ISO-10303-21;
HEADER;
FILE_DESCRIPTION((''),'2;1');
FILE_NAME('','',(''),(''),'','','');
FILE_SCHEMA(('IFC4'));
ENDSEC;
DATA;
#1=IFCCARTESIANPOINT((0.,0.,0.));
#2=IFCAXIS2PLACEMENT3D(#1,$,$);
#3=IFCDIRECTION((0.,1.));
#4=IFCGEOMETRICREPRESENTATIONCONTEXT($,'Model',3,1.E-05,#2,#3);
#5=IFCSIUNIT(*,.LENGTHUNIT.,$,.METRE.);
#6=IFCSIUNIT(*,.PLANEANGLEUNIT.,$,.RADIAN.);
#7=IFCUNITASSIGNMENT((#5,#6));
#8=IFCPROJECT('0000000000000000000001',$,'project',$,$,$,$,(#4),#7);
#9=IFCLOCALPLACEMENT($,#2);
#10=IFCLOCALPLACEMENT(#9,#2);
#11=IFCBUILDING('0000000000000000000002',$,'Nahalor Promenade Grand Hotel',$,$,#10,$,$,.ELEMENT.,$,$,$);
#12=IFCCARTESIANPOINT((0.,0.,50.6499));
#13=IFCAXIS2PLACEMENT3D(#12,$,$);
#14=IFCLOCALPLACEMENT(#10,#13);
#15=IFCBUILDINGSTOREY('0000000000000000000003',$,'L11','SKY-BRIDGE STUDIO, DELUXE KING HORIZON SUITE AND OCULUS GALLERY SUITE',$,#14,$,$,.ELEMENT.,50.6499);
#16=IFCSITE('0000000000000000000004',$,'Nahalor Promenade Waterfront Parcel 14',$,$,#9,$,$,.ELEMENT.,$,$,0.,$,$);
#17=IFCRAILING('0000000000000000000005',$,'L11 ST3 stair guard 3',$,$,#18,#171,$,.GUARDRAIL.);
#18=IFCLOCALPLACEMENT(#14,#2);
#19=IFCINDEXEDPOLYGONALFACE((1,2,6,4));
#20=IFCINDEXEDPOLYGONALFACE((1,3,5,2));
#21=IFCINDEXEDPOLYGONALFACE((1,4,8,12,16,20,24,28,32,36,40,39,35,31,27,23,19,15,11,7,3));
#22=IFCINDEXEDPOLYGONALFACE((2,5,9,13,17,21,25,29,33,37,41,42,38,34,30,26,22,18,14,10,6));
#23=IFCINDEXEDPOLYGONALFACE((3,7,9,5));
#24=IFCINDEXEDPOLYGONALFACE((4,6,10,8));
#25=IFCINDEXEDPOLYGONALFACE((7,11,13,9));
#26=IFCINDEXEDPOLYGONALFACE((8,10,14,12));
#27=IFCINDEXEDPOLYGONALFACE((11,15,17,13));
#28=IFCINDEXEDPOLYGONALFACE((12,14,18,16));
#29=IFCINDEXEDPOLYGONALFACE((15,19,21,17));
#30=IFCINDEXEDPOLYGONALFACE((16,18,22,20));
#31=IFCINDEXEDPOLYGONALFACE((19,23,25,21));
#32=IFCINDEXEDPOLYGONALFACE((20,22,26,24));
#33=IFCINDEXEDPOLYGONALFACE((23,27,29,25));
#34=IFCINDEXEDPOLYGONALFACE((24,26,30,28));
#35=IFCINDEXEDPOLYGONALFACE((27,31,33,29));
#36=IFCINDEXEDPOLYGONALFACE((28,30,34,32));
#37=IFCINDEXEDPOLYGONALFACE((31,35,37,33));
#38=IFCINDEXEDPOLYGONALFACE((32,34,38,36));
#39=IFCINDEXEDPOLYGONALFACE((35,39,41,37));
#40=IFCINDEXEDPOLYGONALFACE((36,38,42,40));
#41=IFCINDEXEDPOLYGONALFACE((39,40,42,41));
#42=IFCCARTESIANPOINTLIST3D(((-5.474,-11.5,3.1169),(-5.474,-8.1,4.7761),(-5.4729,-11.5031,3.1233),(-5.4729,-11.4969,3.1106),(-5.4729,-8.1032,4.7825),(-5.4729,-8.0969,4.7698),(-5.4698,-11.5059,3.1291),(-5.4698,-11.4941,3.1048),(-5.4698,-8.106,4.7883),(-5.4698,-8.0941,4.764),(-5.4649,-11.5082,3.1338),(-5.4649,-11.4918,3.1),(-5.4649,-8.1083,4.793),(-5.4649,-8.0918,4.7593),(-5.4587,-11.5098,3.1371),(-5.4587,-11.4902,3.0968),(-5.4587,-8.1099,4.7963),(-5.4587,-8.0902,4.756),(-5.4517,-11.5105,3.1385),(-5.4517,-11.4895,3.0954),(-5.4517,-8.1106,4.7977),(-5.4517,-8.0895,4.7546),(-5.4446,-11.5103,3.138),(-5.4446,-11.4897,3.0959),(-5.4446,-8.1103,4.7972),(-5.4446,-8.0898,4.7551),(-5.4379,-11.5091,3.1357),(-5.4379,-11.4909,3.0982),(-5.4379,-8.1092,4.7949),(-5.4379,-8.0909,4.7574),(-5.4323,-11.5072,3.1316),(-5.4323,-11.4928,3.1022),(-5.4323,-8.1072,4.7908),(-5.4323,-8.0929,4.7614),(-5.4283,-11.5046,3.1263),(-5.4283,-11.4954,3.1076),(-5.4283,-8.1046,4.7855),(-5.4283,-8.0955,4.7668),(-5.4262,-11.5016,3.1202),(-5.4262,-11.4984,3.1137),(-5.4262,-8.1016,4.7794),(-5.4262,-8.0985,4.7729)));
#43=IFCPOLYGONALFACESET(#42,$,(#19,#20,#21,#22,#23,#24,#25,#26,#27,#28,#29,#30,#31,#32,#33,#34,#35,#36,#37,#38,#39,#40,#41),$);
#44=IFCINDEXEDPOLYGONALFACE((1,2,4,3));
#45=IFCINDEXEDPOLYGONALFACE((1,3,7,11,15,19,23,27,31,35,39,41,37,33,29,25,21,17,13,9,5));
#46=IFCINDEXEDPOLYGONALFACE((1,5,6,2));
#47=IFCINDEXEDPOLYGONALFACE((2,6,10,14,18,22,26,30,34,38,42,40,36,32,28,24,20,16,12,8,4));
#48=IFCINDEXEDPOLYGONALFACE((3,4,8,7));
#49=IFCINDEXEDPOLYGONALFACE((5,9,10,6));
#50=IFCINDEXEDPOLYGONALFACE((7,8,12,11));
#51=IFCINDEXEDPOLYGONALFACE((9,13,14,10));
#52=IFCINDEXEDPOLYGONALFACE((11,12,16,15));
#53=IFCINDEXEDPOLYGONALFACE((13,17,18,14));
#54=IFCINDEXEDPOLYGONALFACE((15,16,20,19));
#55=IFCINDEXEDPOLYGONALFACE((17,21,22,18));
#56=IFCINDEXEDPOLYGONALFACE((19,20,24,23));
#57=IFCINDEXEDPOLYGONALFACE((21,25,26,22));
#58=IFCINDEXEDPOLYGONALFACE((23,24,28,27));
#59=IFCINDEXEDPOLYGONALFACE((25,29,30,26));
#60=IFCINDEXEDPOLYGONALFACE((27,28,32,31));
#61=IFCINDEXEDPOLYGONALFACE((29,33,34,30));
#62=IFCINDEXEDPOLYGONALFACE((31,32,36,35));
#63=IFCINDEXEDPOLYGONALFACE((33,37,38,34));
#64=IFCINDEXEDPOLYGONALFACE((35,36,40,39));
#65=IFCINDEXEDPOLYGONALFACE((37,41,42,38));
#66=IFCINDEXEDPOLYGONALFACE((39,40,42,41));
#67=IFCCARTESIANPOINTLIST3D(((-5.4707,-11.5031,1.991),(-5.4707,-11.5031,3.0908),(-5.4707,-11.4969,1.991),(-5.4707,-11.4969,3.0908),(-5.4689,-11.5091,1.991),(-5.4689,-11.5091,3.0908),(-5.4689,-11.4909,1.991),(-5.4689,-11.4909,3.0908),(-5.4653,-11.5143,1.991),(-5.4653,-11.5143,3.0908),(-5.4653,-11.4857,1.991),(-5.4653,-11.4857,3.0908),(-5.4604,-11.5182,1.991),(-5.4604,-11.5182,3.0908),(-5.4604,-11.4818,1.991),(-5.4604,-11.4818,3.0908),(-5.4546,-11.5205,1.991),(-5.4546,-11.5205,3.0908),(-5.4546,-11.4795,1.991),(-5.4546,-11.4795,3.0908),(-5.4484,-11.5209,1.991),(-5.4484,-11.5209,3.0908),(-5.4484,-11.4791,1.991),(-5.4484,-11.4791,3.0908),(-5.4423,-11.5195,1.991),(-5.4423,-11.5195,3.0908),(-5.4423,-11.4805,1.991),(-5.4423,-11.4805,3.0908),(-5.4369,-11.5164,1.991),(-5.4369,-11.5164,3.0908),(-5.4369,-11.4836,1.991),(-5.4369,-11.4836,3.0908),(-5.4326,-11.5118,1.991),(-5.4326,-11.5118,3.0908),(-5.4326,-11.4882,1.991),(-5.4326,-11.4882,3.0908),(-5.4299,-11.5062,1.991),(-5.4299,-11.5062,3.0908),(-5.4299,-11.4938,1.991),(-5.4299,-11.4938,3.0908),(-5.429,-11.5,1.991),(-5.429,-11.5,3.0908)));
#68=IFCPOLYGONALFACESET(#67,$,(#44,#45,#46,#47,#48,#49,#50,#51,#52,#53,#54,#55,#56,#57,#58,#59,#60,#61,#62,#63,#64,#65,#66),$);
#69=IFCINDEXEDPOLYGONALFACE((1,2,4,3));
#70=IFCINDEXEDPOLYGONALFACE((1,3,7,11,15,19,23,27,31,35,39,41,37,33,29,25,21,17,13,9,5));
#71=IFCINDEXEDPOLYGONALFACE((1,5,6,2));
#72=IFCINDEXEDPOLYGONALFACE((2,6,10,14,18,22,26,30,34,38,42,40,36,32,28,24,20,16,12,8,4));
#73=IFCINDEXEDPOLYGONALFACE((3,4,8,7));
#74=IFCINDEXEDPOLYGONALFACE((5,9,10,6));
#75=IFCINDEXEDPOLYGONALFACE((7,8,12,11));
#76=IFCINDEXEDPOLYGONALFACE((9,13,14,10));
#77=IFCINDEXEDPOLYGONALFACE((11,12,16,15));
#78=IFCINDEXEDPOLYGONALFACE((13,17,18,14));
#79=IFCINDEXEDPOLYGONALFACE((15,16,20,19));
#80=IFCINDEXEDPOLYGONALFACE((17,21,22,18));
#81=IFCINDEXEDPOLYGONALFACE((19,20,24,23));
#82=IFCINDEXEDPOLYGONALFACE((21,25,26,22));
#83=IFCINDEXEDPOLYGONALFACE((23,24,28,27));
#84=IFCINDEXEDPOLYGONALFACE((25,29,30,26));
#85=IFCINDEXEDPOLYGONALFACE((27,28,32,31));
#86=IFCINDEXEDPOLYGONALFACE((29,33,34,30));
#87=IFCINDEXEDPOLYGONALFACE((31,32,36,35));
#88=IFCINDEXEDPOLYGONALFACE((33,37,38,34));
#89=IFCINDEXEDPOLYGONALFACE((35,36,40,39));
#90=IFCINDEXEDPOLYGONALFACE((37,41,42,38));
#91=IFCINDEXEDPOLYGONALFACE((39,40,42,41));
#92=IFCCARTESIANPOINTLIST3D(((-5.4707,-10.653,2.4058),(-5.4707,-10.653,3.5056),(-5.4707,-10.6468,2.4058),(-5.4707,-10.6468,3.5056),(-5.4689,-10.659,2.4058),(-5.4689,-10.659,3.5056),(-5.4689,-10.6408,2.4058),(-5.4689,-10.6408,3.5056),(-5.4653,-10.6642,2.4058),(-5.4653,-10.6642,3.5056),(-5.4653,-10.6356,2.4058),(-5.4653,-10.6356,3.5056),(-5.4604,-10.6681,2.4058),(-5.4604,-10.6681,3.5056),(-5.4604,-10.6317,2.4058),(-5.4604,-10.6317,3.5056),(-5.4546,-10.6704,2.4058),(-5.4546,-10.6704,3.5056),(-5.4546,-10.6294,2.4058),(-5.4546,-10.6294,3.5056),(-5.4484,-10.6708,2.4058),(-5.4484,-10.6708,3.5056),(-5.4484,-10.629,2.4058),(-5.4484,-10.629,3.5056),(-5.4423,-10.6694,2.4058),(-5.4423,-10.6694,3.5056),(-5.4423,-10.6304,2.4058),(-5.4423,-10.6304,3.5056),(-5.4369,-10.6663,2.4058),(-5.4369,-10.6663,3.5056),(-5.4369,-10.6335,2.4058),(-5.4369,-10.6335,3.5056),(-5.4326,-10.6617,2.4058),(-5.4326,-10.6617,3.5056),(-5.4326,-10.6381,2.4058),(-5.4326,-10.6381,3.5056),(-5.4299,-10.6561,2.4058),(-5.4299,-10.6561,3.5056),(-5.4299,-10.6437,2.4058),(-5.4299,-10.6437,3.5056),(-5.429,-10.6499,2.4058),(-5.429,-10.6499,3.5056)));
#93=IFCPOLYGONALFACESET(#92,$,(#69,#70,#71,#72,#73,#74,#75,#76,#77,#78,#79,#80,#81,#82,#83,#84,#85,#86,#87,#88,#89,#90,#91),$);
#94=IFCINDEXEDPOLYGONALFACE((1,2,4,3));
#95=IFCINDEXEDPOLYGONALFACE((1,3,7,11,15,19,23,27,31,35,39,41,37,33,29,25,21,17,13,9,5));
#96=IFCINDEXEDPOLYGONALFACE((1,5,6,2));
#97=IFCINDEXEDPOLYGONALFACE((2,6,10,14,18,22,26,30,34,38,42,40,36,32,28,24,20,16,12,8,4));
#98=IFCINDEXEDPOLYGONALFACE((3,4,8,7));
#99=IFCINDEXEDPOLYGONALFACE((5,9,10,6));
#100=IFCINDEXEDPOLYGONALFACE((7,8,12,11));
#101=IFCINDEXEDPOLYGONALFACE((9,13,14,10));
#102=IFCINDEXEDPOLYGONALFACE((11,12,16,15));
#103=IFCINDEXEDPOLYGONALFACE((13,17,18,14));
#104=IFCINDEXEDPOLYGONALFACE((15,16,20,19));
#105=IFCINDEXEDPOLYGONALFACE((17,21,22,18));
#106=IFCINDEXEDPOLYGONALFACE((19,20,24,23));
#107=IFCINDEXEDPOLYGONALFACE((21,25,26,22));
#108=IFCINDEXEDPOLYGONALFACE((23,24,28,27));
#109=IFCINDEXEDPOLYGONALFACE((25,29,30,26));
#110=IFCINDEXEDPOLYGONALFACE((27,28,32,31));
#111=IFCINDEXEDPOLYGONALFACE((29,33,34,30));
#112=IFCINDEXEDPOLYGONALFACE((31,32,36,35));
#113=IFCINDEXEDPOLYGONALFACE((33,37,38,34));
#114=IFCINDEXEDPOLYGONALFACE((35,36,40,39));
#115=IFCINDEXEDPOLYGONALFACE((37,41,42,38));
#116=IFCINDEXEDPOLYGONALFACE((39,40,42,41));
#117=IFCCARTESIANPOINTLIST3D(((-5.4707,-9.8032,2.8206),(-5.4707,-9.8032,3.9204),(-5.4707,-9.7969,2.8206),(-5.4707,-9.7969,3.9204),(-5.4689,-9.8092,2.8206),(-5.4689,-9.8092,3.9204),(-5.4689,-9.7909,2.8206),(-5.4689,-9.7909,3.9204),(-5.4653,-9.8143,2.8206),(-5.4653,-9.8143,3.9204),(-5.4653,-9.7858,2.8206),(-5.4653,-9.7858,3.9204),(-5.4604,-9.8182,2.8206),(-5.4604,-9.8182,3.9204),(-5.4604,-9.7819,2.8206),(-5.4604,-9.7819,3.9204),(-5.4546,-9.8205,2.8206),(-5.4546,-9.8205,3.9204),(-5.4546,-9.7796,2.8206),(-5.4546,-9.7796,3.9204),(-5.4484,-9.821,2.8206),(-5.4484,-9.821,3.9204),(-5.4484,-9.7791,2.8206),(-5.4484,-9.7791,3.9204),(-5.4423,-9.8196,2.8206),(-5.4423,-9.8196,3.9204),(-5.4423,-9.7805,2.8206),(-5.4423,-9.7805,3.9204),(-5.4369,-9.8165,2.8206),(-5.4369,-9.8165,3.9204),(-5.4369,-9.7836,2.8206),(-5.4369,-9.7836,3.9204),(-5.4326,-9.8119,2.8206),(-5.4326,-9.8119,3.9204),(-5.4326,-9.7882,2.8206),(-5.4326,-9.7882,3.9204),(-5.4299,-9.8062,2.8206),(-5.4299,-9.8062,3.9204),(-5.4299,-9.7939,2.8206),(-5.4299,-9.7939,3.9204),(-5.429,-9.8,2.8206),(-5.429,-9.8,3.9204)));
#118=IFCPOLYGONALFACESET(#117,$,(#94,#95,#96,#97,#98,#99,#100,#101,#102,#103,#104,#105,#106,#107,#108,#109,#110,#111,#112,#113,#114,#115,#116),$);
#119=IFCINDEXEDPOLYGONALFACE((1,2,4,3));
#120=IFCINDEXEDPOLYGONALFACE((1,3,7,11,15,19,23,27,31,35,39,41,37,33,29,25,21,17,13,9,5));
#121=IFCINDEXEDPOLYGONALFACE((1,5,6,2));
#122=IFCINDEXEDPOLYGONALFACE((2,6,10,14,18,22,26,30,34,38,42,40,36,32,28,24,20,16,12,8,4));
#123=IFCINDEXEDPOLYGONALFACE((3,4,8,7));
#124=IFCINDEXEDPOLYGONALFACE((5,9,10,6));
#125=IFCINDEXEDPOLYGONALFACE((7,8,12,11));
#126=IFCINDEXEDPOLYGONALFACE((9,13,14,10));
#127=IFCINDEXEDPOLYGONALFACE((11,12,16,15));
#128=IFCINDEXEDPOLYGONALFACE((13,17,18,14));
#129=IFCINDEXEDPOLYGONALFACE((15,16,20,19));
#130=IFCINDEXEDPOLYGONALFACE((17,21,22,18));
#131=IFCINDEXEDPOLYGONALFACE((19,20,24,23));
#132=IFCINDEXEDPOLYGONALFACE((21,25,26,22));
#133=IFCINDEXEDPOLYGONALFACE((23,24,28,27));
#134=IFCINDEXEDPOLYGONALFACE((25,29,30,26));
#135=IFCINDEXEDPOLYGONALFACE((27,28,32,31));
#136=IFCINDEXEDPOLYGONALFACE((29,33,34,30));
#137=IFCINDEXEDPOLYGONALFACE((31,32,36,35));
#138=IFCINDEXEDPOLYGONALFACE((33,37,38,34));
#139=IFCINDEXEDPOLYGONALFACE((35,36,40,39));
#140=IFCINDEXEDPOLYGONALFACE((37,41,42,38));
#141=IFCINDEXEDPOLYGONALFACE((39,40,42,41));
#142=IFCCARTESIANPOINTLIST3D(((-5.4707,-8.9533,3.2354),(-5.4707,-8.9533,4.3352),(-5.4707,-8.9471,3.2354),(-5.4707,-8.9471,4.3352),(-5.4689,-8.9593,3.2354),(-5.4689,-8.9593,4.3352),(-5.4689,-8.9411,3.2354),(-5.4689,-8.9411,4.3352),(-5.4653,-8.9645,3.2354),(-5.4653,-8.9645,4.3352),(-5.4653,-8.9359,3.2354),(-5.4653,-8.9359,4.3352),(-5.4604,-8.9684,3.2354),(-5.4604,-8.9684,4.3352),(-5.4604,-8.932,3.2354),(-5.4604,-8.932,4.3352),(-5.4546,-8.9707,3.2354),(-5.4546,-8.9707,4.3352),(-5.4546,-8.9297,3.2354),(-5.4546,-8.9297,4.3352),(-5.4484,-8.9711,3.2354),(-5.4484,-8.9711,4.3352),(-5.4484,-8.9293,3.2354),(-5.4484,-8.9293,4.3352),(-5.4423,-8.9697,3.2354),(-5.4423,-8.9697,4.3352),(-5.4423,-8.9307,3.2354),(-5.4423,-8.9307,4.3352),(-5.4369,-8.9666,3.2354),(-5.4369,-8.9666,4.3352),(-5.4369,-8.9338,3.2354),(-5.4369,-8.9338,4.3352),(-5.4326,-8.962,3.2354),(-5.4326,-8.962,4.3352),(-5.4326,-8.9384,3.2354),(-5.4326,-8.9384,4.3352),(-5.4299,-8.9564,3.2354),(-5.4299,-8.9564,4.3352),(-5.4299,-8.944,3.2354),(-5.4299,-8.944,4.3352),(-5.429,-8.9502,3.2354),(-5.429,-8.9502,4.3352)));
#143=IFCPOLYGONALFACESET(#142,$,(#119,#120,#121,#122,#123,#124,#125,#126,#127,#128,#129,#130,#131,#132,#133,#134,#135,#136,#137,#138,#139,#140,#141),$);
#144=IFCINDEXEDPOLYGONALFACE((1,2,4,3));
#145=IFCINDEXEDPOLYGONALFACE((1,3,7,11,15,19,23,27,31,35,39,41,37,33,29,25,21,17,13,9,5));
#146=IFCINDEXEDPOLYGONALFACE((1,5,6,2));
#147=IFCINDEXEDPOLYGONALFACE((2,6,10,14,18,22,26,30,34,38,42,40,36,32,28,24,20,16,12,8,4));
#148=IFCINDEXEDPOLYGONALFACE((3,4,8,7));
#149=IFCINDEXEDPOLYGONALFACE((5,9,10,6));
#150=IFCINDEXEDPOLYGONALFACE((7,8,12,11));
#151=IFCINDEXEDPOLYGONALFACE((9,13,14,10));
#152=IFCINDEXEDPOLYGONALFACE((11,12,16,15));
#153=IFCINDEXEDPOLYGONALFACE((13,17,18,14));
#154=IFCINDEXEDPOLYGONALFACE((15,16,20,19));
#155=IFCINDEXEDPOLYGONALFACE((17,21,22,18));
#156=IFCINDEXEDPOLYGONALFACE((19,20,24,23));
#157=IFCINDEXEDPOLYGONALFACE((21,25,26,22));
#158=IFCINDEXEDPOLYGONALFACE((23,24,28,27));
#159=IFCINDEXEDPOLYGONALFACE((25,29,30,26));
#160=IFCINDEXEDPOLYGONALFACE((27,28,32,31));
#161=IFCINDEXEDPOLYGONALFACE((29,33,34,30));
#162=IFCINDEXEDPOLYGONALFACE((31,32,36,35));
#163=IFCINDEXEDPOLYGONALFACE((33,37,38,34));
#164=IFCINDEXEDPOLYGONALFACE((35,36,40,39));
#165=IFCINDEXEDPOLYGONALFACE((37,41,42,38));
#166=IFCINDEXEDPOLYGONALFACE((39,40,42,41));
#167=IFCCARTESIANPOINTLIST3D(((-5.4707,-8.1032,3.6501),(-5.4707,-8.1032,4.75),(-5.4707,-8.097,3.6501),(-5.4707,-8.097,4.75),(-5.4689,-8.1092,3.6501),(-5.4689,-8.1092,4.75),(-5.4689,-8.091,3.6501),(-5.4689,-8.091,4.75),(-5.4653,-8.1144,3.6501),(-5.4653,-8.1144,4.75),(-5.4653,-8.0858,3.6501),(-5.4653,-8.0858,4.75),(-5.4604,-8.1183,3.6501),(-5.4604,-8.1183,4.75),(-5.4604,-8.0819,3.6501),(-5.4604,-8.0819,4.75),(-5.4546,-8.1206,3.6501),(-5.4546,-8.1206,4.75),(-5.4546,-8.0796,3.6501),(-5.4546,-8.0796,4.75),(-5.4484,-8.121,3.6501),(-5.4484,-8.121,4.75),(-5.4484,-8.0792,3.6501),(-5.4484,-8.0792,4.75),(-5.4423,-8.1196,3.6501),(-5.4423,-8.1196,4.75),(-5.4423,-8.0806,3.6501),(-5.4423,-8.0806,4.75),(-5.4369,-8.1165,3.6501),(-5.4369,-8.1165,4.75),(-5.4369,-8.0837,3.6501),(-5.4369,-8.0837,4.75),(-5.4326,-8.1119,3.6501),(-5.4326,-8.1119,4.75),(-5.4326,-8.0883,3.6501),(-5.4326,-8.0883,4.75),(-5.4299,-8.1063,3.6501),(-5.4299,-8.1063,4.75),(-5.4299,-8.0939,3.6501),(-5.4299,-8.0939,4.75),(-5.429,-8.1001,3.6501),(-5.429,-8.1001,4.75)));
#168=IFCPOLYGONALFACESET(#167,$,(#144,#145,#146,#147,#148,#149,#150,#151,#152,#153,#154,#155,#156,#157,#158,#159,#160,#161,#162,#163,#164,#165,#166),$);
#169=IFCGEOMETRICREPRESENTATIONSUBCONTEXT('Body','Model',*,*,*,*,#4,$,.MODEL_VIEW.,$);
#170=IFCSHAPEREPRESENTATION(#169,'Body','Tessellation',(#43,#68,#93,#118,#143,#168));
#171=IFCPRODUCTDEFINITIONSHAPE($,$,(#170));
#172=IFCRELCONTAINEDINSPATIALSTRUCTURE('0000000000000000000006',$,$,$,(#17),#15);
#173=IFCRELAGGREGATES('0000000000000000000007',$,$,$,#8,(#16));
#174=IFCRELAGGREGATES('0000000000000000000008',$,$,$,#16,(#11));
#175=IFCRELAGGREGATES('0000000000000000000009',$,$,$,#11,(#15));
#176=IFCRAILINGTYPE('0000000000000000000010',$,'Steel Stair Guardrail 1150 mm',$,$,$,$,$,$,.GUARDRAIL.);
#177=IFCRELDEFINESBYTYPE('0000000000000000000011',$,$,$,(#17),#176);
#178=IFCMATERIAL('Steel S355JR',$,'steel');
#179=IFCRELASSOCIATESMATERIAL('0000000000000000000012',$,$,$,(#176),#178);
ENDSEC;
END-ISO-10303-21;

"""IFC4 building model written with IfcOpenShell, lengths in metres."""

from ifc_helpers import new_model, si_unit, direction, frame, origin, origin_2d, place, context, subcontext, project, spatial, circle, extrude, material, type_object, element, save


model = new_model("IFC4")

# Units and contexts
model_context = context("Model", 3, precision=1e-05, world=origin(), true_north=direction((0.0, 1.0)))
body_context = subcontext(model_context, "Body", "Model", "MODEL_VIEW")
ifc_project = project(units=[si_unit("LENGTHUNIT", "METRE"), si_unit("PLANEANGLEUNIT", "RADIAN")], contexts=[model_context])

# Site, building, storey
site_placement = place(None, origin())
site = spatial("IfcSite", under=ifc_project, at=site_placement, Name="Nahalor Promenade Waterfront Parcel 14", CompositionType="ELEMENT", RefElevation=0.0)
building_placement = place(site_placement, origin())
building = spatial("IfcBuilding", under=site, at=building_placement, Name="Nahalor Promenade Grand Hotel", CompositionType="ELEMENT")
storey_placement = place(building_placement, frame((0.0, 0.0, 50.6499)))
storey = spatial("IfcBuildingStorey", under=building, at=storey_placement, Name="L11", Description="SKY-BRIDGE STUDIO, DELUXE KING HORIZON SUITE AND OCULUS GALLERY SUITE", CompositionType="ELEMENT", Elevation=50.6499)

# Shared definitions
ifc_material_1 = material(Name="Steel S355JR", Category="steel")

# Railing
railing_type_1 = type_object("IfcRailingType", Name="Steel Stair Guardrail 1150 mm", PredefinedType="GUARDRAIL", material=ifc_material_1)
railing_1_placement = place(storey_placement, frame((-5.45, -11.5, 1.991)))
element("IfcRailing", 1, at=railing_1_placement, inside=storey, type_object=railing_type_1, Name="L11 ST3 stair guard 3", PredefinedType="GUARDRAIL", context=body_context, shape_type="SweptSolid", body=[
    extrude(circle(Radius=0.024, at=origin_2d()), frame((0.0, 0.0, 1.126), z_axis=(0.0, 0.898696, 0.438571), x_axis=(-1.0, 0.0, 0.0)), (0.0, 0.0, 1.0), 3.7832),
    extrude(circle(Radius=0.021, at=origin_2d()), origin(), (0.0, 0.0, 1.0), 1.0999),
    extrude(circle(Radius=0.021, at=origin_2d()), frame((0.0, 0.8501, 0.4148)), (0.0, 0.0, 1.0), 1.0999),
    extrude(circle(Radius=0.021, at=origin_2d()), frame((0.0, 1.7, 0.8296)), (0.0, 0.0, 1.0), 1.0999),
    extrude(circle(Radius=0.021, at=origin_2d()), frame((0.0, 2.5498, 1.2444)), (0.0, 0.0, 1.0), 1.0999),
    extrude(circle(Radius=0.021, at=origin_2d()), frame((0.0, 3.3999, 1.6592)), (0.0, 0.0, 1.0), 1.0999),
])

save(model, "model.ifc")
